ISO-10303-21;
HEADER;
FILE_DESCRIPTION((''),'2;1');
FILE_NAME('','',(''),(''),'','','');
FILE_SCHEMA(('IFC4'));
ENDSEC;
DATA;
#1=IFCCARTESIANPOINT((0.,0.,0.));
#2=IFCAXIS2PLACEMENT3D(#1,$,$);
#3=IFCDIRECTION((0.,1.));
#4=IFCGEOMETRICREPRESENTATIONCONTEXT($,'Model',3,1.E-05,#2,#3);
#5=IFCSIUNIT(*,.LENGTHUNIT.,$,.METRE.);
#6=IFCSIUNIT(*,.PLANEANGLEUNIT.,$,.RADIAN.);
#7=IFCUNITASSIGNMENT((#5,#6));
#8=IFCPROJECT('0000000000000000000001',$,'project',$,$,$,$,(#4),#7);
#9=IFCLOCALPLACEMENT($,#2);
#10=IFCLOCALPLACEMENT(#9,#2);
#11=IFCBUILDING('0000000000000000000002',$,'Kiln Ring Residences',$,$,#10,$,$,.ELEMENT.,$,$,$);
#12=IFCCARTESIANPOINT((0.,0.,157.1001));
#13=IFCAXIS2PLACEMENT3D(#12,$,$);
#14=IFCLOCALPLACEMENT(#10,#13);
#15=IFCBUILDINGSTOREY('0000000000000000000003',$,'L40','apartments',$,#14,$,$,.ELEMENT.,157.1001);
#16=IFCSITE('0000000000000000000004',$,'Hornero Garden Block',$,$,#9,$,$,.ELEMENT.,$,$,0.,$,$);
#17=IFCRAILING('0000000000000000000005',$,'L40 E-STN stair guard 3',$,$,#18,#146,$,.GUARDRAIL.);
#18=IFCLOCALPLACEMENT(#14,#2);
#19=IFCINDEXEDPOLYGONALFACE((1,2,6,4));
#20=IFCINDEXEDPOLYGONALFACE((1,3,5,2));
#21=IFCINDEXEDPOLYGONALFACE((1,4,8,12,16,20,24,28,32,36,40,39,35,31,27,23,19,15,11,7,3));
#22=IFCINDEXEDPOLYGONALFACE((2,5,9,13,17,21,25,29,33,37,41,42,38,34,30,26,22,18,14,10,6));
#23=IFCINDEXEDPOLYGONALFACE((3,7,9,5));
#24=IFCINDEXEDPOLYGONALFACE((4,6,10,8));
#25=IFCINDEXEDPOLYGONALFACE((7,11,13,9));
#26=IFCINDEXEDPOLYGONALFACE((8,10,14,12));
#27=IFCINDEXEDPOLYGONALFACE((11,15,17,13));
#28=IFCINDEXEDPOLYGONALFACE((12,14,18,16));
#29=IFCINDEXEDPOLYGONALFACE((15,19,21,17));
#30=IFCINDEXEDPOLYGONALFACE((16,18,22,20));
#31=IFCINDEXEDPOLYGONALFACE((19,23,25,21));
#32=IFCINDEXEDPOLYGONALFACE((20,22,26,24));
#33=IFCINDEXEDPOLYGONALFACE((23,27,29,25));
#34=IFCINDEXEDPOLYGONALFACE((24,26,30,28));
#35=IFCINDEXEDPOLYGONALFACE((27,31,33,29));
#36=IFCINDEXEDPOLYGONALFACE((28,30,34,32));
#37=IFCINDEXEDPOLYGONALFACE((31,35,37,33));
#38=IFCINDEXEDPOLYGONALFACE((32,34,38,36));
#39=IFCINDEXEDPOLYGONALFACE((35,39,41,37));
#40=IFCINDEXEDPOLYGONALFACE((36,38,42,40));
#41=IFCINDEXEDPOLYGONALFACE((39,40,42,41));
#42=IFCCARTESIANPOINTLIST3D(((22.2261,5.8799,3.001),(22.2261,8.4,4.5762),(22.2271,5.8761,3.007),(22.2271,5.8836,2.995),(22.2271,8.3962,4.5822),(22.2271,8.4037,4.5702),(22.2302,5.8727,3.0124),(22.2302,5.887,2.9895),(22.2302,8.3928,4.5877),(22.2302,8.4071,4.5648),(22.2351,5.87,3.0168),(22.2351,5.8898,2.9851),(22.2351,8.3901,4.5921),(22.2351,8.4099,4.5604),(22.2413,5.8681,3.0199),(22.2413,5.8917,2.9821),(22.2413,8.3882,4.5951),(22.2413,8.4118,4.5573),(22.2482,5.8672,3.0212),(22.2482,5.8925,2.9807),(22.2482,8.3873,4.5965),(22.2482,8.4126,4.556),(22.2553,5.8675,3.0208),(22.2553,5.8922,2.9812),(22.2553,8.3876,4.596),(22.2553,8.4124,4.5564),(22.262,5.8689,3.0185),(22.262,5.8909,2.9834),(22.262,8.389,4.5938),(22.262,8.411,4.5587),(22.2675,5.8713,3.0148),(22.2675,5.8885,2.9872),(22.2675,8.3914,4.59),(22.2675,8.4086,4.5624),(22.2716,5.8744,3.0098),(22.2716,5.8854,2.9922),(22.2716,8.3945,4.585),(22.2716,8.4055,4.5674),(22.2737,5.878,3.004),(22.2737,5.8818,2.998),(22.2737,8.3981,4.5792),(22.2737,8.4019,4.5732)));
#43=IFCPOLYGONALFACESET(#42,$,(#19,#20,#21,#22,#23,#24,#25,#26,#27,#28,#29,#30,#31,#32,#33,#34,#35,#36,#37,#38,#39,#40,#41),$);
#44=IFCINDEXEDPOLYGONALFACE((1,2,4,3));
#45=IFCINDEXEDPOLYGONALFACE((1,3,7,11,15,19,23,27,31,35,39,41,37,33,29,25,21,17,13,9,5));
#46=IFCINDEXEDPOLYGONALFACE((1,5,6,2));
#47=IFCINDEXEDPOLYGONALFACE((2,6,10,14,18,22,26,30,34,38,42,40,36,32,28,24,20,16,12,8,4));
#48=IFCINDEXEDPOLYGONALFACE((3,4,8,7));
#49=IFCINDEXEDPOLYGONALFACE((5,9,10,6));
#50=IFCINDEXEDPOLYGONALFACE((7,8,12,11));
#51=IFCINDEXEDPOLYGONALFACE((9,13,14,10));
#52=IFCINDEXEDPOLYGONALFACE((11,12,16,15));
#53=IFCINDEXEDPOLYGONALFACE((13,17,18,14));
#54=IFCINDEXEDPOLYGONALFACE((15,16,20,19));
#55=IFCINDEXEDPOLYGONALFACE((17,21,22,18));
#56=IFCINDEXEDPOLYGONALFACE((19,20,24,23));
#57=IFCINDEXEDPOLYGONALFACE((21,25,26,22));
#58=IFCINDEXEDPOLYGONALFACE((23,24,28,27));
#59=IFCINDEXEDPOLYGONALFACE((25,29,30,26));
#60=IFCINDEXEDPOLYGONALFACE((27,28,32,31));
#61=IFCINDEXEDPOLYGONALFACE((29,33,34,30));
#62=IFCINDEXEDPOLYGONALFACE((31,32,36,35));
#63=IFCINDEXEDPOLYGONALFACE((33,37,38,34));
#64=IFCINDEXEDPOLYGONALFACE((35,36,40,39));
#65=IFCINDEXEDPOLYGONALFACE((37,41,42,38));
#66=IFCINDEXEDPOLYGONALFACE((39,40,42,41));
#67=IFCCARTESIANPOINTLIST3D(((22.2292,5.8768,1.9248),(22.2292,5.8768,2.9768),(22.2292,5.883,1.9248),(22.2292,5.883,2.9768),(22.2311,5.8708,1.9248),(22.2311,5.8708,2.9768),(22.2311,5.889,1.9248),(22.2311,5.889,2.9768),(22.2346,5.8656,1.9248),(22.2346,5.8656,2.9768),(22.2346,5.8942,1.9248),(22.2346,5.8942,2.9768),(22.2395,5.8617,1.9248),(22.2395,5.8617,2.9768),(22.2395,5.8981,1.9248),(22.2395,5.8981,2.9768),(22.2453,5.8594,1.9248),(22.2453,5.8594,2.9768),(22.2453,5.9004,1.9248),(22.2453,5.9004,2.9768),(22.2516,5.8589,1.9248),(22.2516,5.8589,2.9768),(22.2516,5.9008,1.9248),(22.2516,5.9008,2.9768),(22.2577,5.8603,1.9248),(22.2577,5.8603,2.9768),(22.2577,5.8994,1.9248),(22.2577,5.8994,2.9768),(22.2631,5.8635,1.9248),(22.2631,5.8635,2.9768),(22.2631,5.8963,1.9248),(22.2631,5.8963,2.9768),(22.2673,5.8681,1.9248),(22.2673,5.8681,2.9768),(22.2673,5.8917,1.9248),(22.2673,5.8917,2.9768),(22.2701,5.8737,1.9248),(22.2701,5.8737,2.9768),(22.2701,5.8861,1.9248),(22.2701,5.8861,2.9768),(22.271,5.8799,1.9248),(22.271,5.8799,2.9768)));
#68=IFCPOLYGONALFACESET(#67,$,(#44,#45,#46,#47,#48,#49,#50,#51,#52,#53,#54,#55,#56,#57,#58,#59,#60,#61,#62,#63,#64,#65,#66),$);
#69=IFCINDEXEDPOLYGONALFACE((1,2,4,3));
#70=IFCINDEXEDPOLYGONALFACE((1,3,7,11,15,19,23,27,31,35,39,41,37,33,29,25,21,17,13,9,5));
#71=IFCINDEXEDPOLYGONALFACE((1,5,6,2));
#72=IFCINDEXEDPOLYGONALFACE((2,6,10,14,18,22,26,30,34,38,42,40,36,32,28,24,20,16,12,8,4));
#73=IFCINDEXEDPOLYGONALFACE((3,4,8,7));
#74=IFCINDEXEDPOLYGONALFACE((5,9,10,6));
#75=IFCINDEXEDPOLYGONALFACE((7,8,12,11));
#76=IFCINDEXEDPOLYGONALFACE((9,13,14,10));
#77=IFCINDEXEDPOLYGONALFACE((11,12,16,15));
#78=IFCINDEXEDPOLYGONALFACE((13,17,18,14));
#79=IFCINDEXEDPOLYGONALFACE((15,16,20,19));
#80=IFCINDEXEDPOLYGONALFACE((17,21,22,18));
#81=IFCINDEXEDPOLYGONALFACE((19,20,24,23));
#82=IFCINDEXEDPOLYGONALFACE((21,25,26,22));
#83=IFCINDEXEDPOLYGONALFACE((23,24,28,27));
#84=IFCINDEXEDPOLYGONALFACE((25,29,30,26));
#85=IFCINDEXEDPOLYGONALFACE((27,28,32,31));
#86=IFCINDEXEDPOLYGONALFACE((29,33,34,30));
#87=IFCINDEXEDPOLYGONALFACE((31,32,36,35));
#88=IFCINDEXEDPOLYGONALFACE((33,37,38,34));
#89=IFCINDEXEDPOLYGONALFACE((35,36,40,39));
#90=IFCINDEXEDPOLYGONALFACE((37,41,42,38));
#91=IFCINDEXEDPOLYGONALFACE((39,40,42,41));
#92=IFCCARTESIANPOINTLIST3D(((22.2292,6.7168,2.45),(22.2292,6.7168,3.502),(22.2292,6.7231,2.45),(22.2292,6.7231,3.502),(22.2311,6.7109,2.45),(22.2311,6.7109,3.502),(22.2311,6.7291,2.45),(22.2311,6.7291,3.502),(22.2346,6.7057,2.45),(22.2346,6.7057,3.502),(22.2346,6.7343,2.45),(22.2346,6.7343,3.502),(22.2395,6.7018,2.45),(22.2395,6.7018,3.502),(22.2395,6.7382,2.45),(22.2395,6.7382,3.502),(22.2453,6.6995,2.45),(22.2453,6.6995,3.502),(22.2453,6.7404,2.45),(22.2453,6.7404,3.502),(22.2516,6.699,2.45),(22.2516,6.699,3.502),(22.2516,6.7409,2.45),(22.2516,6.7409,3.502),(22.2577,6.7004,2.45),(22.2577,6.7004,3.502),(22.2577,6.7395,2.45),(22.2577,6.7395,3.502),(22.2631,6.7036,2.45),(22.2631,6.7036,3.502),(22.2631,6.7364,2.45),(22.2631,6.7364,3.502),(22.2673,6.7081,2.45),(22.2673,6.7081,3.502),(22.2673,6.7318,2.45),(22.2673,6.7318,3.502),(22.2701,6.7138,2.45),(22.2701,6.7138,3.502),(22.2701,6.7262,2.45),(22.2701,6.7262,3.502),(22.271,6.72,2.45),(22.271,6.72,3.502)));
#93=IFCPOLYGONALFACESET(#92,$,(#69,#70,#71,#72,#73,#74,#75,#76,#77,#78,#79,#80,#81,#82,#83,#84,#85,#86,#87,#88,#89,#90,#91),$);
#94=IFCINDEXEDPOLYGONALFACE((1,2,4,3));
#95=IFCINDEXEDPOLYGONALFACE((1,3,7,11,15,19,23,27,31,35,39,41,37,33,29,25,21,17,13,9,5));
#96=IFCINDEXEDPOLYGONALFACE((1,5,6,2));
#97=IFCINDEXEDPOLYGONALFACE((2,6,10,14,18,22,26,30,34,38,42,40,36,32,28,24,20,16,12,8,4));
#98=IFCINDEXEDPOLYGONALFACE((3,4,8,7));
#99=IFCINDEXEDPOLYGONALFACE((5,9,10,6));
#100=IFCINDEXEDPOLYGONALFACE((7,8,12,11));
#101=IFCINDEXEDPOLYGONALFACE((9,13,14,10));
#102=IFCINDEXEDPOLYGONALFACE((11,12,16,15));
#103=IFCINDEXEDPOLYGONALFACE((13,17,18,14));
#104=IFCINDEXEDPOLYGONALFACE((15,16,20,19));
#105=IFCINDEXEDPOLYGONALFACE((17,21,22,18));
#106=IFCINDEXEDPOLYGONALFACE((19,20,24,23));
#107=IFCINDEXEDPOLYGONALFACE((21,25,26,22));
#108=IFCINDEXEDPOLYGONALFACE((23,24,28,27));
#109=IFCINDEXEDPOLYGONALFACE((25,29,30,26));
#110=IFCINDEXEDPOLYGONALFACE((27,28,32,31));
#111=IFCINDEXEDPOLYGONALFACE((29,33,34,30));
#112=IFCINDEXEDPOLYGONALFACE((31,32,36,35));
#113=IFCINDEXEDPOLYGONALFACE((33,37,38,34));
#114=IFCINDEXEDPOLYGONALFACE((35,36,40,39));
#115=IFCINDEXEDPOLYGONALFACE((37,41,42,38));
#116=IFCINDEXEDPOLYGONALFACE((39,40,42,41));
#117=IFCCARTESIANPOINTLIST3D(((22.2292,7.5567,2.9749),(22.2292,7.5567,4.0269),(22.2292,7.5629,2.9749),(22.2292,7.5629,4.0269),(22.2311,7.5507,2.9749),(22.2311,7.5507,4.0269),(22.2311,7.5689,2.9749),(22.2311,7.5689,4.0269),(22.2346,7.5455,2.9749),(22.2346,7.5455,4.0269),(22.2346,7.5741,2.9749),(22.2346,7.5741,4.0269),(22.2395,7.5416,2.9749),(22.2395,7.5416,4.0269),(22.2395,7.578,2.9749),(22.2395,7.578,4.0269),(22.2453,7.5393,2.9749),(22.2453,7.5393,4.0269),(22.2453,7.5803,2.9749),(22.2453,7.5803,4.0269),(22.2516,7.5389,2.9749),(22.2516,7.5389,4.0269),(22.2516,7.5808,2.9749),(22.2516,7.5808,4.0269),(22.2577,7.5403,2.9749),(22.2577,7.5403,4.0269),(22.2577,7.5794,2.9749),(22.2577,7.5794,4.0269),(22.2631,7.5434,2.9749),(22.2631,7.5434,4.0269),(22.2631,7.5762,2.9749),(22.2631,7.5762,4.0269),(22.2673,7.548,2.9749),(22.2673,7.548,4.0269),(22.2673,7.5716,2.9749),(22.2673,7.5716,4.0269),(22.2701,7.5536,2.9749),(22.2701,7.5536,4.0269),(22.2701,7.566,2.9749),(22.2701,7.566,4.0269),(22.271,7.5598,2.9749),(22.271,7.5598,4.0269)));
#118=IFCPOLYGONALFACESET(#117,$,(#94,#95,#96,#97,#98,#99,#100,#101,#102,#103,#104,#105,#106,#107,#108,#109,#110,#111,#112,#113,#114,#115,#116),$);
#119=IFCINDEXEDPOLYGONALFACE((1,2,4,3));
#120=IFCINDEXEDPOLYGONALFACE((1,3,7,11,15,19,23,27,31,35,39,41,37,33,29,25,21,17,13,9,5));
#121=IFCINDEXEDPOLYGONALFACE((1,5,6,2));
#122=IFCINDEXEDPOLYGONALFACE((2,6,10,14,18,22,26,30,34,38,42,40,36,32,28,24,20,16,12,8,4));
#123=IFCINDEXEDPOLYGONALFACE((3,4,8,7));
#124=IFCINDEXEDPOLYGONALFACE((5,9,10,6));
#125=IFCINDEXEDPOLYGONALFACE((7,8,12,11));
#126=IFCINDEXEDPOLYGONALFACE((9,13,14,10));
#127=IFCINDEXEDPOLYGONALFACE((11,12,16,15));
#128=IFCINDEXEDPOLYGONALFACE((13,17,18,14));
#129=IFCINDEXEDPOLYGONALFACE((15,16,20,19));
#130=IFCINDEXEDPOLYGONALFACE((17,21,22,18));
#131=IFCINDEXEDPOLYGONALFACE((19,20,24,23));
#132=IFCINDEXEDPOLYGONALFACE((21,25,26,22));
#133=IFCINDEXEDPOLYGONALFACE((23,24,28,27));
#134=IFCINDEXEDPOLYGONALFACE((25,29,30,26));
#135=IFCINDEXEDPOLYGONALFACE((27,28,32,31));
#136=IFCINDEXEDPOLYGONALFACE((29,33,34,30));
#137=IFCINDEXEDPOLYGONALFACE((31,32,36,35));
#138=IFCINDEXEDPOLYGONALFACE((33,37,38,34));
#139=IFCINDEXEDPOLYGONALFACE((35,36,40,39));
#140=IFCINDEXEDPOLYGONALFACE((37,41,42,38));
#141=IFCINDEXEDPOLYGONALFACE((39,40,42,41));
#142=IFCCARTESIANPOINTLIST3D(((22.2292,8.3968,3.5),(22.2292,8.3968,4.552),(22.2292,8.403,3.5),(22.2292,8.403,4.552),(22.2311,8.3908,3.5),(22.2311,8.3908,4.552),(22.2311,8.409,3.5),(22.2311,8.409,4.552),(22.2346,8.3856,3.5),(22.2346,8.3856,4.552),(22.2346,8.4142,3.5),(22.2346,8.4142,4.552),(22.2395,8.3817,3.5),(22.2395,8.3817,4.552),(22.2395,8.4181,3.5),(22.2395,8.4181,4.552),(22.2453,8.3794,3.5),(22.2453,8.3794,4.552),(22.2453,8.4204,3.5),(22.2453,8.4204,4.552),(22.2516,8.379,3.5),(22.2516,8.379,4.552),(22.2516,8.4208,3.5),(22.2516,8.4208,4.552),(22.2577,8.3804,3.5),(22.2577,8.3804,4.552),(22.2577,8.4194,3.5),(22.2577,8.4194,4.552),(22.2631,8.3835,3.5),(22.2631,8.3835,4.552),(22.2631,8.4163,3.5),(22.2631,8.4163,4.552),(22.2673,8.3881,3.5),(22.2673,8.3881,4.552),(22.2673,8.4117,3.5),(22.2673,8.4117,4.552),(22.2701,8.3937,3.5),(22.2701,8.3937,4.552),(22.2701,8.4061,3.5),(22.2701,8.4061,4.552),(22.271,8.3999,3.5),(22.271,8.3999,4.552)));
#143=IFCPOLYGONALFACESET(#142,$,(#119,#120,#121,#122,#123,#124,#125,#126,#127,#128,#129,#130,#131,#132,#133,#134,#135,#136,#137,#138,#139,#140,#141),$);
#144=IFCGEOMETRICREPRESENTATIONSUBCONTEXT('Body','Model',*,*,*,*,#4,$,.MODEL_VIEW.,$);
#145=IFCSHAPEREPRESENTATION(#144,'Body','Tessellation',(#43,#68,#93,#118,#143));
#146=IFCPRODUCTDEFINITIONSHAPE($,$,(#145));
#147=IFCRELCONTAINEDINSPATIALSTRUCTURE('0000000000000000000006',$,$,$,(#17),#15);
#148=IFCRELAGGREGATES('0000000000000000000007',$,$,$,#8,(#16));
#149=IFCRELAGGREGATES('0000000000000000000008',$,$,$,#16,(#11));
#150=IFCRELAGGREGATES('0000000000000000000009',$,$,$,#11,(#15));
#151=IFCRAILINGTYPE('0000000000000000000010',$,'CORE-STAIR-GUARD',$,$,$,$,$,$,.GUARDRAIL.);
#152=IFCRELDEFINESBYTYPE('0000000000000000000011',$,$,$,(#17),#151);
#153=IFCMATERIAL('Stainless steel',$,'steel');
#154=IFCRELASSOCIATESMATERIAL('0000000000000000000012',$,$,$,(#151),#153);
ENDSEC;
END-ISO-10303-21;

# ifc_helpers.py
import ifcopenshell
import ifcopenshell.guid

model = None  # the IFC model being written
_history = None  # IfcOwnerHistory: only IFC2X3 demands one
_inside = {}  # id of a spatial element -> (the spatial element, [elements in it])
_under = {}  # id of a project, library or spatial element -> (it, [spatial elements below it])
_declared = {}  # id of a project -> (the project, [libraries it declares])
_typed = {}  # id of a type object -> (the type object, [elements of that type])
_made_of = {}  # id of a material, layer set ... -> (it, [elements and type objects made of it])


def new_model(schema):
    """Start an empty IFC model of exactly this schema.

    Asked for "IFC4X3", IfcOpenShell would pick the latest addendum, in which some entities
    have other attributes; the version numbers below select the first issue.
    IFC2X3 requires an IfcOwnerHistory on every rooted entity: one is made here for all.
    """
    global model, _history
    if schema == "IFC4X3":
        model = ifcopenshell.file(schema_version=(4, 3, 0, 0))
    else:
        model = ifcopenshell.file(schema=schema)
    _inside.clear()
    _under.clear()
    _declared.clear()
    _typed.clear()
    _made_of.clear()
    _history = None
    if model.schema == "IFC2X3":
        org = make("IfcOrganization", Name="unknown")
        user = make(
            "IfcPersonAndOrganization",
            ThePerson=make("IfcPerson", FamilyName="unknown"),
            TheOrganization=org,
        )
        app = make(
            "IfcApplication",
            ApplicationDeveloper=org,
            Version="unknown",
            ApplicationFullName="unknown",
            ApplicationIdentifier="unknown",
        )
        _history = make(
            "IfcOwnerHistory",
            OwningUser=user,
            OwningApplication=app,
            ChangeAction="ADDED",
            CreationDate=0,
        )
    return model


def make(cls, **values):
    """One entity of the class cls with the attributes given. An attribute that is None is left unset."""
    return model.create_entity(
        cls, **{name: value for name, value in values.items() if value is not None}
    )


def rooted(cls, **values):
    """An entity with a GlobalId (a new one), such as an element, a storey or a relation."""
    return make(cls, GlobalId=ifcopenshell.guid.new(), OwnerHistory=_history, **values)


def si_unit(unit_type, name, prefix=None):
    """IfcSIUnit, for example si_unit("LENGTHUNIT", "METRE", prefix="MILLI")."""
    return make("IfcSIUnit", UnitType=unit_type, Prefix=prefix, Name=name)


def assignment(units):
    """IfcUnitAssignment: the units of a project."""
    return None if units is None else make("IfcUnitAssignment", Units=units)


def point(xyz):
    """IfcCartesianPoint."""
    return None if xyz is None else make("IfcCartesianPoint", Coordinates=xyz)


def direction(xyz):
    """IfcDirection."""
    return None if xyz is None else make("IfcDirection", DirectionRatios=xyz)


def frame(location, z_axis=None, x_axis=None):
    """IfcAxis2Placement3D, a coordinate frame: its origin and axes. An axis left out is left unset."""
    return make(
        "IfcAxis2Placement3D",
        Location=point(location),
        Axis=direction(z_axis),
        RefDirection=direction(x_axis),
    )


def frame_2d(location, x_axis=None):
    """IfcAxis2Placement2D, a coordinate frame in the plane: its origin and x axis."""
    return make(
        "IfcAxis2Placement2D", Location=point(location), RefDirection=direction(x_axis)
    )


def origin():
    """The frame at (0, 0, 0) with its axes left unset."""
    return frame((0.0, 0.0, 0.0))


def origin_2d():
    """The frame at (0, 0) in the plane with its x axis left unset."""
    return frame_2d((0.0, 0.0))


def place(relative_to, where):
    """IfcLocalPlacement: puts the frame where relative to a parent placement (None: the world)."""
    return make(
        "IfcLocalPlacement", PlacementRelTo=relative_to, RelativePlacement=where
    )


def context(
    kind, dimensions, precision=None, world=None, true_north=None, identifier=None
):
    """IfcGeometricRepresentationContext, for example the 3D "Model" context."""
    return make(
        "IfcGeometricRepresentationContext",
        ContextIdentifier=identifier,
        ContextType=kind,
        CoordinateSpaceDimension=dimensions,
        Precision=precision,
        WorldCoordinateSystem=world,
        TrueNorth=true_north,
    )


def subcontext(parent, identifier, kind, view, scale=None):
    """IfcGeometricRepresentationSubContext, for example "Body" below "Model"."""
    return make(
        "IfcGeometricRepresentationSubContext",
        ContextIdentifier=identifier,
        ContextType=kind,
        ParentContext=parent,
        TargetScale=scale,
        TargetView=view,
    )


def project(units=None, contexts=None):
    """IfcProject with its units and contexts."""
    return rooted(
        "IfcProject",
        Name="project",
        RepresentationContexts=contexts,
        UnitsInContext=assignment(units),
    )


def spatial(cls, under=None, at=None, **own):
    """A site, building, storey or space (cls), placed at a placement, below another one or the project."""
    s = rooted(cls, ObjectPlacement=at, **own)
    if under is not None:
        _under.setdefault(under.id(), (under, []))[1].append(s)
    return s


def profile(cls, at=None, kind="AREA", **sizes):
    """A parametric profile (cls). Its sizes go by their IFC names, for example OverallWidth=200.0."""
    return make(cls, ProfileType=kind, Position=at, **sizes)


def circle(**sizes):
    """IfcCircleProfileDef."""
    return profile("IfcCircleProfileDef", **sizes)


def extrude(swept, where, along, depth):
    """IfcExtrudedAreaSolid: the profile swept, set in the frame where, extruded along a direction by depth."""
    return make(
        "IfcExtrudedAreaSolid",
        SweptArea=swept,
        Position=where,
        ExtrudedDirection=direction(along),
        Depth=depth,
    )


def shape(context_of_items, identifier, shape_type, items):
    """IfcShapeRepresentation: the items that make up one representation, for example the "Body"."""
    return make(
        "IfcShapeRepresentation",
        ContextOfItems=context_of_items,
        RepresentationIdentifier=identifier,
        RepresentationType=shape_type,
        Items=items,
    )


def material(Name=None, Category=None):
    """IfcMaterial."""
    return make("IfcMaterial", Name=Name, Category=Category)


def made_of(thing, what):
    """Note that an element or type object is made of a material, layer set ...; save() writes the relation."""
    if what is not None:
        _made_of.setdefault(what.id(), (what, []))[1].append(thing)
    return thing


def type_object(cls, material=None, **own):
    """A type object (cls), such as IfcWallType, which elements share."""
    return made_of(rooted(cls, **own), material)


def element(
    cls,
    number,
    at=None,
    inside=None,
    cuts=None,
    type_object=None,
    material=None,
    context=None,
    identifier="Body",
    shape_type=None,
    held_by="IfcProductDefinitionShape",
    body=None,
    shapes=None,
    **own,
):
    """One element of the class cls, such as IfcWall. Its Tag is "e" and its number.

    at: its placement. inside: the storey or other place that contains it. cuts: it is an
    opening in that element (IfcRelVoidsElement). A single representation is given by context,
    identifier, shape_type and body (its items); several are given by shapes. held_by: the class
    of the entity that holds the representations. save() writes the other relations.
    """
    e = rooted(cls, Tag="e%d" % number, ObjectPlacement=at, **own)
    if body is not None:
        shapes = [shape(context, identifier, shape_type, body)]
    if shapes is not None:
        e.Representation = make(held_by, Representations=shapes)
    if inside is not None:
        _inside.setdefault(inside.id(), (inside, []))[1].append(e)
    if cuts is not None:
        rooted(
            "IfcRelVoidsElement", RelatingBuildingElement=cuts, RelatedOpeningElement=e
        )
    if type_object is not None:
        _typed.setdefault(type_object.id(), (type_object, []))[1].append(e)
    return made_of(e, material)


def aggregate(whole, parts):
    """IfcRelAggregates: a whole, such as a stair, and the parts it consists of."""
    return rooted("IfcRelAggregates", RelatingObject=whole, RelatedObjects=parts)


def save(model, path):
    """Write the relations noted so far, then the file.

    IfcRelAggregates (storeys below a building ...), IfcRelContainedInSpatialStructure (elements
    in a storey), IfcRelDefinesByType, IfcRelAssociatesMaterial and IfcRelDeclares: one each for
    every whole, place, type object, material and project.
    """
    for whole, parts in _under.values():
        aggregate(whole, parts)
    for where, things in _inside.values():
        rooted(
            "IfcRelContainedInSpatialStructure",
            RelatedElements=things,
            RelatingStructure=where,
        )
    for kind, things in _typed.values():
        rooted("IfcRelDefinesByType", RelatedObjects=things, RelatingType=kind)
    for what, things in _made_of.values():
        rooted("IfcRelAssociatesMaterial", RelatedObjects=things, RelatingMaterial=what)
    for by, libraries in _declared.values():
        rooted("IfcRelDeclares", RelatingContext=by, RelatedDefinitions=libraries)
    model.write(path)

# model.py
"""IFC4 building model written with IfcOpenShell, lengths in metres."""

from ifc_helpers import new_model, si_unit, direction, frame, origin, origin_2d, place, context, subcontext, project, spatial, circle, extrude, material, type_object, element, save


model = new_model("IFC4")

# Units and contexts
model_context = context("Model", 3, precision=1e-05, world=origin(), true_north=direction((0.0, 1.0)))
body_context = subcontext(model_context, "Body", "Model", "MODEL_VIEW")
ifc_project = project(units=[si_unit("LENGTHUNIT", "METRE"), si_unit("PLANEANGLEUNIT", "RADIAN")], contexts=[model_context])

# Site, building, storey
site_placement = place(None, origin())
site = spatial("IfcSite", under=ifc_project, at=site_placement, Name="Hornero Garden Block", CompositionType="ELEMENT", RefElevation=0.0)
building_placement = place(site_placement, origin())
building = spatial("IfcBuilding", under=site, at=building_placement, Name="Kiln Ring Residences", CompositionType="ELEMENT")
storey_placement = place(building_placement, frame((0.0, 0.0, 157.1001)))
storey = spatial("IfcBuildingStorey", under=building, at=storey_placement, Name="L40", Description="apartments", CompositionType="ELEMENT", Elevation=157.1001)

# Railing
ifc_material_1 = material(Name="Stainless steel", Category="steel")
railing_type_1 = type_object("IfcRailingType", Name="CORE-STAIR-GUARD", PredefinedType="GUARDRAIL", material=ifc_material_1)
railing_1_placement = place(storey_placement, frame((22.25, 5.8799, 1.9248)))
element("IfcRailing", 1, at=railing_1_placement, inside=storey, type_object=railing_type_1, Name="L40 E-STN stair guard 3", PredefinedType="GUARDRAIL", context=body_context, shape_type="SweptSolid", body=[
    extrude(circle(Radius=0.0239, at=origin_2d()), frame((0.0, 0.0, 1.0762), z_axis=(0.0, 0.847971, 0.530043), x_axis=(-1.0, 0.0, 0.0)), (0.0, 0.0, 1.0), 2.9719),
    extrude(circle(Radius=0.021, at=origin_2d()), origin(), (0.0, 0.0, 1.0), 1.052),
    extrude(circle(Radius=0.021, at=origin_2d()), frame((0.0, 0.8401, 0.5251)), (0.0, 0.0, 1.0), 1.052),
    extrude(circle(Radius=0.021, at=origin_2d()), frame((0.0, 1.6799, 1.05)), (0.0, 0.0, 1.0), 1.052),
    extrude(circle(Radius=0.021, at=origin_2d()), frame((0.0, 2.52, 1.5752)), (0.0, 0.0, 1.0), 1.052),
])

save(model, "model.ifc")
